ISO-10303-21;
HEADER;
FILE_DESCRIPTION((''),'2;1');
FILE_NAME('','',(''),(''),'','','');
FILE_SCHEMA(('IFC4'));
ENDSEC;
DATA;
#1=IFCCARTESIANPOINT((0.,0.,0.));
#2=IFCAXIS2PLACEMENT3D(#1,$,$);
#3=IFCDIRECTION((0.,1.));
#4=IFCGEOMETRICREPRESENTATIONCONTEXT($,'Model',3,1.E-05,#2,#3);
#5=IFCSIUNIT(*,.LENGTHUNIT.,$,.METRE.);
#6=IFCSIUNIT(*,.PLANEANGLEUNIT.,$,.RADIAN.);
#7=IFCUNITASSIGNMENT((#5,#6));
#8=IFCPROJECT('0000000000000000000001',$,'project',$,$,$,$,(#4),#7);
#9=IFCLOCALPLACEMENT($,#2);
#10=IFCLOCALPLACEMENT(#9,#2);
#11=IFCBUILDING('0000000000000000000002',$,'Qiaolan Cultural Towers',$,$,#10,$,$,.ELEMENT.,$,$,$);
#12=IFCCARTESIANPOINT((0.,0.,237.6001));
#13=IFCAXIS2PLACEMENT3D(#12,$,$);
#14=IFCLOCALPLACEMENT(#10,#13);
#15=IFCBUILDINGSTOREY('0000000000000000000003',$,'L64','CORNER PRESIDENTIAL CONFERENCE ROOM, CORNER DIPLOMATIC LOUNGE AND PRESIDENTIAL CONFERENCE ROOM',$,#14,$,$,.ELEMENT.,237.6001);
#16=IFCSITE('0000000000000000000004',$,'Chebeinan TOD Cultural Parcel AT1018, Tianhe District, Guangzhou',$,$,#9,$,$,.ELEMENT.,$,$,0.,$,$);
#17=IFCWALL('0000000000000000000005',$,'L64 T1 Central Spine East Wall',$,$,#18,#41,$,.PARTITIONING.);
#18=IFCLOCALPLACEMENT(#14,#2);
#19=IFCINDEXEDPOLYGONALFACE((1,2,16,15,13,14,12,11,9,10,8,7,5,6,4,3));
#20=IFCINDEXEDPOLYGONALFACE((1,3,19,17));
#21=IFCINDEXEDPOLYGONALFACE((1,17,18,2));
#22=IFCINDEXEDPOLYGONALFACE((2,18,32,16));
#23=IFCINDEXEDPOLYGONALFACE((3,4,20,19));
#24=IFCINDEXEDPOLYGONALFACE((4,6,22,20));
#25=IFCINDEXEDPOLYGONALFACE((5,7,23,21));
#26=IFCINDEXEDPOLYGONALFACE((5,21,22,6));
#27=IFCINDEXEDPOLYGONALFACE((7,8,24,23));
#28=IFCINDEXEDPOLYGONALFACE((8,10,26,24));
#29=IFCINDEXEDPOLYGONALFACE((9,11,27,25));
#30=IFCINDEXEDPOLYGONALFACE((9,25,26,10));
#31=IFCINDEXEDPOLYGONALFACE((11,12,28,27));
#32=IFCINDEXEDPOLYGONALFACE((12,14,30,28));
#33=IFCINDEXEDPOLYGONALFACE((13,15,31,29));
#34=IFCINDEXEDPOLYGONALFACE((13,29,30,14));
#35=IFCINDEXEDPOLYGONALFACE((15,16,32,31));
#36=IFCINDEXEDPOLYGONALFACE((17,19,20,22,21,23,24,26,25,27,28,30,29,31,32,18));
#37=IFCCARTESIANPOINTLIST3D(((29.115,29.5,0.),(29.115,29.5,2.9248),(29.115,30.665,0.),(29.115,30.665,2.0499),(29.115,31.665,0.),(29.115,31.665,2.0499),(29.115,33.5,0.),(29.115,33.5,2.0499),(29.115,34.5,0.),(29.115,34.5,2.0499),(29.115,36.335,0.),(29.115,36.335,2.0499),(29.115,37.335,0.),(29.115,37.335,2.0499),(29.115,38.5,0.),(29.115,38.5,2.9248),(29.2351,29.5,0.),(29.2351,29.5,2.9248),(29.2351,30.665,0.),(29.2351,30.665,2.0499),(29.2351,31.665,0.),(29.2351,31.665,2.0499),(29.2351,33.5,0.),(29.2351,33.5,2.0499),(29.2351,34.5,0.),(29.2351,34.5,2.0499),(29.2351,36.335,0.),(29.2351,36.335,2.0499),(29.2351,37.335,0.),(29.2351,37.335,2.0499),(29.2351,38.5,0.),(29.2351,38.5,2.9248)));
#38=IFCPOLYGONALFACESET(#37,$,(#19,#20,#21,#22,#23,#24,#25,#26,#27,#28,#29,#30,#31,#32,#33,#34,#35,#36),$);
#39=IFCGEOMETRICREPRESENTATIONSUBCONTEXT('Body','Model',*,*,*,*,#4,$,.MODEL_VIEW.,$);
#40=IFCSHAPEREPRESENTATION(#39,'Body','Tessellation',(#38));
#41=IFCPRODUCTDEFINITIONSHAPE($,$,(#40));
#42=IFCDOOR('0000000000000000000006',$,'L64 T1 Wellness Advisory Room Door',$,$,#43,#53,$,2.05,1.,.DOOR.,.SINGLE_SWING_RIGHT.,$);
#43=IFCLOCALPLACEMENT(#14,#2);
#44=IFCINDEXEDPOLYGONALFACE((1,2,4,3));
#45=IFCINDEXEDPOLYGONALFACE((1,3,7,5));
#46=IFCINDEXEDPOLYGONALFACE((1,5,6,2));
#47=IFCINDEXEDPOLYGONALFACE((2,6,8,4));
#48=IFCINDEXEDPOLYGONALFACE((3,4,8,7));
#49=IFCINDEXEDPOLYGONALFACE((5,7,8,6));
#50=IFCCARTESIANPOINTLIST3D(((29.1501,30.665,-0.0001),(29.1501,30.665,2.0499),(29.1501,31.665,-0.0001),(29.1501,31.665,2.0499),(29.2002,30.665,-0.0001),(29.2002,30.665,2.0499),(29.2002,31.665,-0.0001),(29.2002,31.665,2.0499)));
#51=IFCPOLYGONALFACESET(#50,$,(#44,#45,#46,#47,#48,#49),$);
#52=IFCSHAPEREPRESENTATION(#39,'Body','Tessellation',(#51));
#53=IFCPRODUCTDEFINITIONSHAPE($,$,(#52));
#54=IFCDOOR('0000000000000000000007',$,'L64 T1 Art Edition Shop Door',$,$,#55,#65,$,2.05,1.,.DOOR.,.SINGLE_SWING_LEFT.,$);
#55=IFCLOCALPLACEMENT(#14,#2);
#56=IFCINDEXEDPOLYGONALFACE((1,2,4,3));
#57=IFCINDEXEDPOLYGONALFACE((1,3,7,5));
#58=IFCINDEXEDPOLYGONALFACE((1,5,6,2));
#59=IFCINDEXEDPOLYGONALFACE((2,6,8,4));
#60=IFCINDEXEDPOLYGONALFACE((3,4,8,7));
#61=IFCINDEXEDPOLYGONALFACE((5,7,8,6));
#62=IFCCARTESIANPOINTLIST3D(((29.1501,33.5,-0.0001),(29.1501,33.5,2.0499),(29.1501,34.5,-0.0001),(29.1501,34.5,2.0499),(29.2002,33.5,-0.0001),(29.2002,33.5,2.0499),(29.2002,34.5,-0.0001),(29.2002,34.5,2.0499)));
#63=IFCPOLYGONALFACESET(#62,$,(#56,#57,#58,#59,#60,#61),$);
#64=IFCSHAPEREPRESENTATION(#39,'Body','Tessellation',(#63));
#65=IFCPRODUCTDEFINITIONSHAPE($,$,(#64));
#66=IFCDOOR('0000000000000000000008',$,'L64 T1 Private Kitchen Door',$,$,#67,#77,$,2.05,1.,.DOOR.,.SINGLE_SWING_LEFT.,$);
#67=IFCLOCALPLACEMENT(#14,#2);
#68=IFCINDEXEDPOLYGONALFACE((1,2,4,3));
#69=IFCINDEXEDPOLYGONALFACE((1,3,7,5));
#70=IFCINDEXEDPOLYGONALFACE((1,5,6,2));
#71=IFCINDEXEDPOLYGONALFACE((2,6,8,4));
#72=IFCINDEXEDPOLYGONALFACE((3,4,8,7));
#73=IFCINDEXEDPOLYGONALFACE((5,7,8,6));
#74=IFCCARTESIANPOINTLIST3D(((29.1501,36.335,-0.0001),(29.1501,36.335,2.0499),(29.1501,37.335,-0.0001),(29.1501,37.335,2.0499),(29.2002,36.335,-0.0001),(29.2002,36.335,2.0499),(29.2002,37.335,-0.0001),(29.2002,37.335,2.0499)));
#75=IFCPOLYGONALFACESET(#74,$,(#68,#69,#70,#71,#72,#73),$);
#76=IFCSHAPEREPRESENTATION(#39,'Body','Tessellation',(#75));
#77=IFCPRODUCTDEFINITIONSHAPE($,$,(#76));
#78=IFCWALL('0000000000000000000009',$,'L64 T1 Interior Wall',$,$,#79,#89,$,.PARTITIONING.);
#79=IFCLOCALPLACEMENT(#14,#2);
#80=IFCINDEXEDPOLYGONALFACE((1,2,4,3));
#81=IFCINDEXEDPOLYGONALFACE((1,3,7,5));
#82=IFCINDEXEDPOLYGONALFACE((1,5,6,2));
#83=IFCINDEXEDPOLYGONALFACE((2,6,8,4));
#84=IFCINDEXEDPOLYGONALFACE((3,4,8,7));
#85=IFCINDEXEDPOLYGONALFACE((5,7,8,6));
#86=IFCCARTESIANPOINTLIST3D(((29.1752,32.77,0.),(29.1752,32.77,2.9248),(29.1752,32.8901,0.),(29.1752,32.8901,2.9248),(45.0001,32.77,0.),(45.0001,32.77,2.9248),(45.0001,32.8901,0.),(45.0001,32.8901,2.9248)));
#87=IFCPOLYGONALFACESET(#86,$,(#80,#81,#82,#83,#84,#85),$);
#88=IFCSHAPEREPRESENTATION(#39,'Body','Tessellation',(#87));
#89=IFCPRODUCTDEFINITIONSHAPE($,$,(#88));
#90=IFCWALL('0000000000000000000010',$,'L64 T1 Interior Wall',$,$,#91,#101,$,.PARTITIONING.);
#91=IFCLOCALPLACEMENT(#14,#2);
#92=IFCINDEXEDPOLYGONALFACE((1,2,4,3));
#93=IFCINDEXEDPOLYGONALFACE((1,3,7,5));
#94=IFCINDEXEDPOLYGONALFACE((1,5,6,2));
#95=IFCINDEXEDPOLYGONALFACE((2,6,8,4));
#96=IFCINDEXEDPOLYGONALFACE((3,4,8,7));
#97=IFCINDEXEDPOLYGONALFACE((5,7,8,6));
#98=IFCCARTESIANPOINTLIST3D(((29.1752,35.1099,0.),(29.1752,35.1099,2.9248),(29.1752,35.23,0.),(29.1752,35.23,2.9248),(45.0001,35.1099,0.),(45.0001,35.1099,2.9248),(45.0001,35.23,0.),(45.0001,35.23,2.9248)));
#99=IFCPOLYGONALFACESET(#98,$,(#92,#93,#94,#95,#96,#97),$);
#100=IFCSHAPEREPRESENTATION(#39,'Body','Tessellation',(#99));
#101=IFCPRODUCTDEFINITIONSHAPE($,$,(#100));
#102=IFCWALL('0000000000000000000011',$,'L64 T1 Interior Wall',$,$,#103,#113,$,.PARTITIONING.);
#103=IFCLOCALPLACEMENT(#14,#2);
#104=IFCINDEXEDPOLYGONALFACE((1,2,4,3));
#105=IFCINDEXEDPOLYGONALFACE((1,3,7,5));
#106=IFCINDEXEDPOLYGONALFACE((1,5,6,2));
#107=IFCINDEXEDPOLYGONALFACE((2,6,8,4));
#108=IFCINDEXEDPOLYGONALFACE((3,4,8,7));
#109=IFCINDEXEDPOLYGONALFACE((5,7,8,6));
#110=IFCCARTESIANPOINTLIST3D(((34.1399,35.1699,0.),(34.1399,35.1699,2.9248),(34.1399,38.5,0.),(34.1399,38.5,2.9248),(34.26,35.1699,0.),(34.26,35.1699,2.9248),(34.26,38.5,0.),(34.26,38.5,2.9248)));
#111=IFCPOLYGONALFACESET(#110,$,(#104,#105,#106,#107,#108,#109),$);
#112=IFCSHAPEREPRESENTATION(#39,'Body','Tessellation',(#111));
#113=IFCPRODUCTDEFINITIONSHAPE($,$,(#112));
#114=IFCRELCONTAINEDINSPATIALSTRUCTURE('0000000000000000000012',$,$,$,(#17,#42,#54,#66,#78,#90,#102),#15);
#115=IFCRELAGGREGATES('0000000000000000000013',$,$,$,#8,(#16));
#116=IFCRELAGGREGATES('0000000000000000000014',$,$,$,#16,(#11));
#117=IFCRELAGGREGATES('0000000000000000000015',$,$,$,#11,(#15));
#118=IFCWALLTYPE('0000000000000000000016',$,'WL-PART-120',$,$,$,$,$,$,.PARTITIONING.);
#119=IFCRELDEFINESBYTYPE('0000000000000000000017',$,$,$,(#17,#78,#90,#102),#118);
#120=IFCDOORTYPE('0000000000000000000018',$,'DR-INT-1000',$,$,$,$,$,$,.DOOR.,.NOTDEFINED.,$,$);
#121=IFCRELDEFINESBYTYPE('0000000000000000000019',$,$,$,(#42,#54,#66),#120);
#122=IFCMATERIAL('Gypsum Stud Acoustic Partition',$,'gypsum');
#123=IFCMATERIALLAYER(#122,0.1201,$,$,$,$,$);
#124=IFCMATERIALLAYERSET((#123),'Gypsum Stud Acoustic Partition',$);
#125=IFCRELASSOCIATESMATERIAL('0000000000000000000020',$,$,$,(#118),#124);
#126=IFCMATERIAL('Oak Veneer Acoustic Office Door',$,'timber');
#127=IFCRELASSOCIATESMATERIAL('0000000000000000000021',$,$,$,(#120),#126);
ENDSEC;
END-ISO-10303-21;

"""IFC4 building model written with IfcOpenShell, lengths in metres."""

from ifc_helpers import new_model, si_unit, direction, frame, frame_2d, origin, place, context, subcontext, project, spatial, rectangle, extrude, material, layer, layer_set, type_object, element, fill, save


model = new_model("IFC4")

# Units and contexts
model_context = context("Model", 3, precision=1e-05, world=origin(), true_north=direction((0.0, 1.0)))
body_context = subcontext(model_context, "Body", "Model", "MODEL_VIEW")
ifc_project = project(units=[si_unit("LENGTHUNIT", "METRE"), si_unit("PLANEANGLEUNIT", "RADIAN")], contexts=[model_context])

# Site, building, storey
site_placement = place(None, origin())
site = spatial("IfcSite", under=ifc_project, at=site_placement, Name="Chebeinan TOD Cultural Parcel AT1018, Tianhe District, Guangzhou", CompositionType="ELEMENT", RefElevation=0.0)
building_placement = place(site_placement, origin())
building = spatial("IfcBuilding", under=site, at=building_placement, Name="Qiaolan Cultural Towers", CompositionType="ELEMENT")
storey_placement = place(building_placement, frame((0.0, 0.0, 237.6001)))
storey = spatial("IfcBuildingStorey", under=building, at=storey_placement, Name="L64", Description="CORNER PRESIDENTIAL CONFERENCE ROOM, CORNER DIPLOMATIC LOUNGE AND PRESIDENTIAL CONFERENCE ROOM", CompositionType="ELEMENT", Elevation=237.6001)

# Shared definitions
ifc_material_1 = material(Name="Gypsum Stud Acoustic Partition", Category="gypsum")
ifc_layer = layer(ifc_material_1, 0.1201)
ifc_layer_set = layer_set([ifc_layer], Name="Gypsum Stud Acoustic Partition")
wall_type = type_object("IfcWallType", Name="WL-PART-120", PredefinedType="PARTITIONING", material=ifc_layer_set)

# Wall, openings, doors
ifc_material_2 = material(Name="Oak Veneer Acoustic Office Door", Category="timber")
door_type = type_object("IfcDoorType", Name="DR-INT-1000", OperationType="NOTDEFINED", PredefinedType="DOOR", material=ifc_material_2)
wall_1_placement = place(storey_placement, frame((29.175, 29.5, 0.0), z_axis=(0.0, 0.0, 1.0), x_axis=(0.0, 1.0, 0.0)))
wall_1 = element("IfcWall", 1, at=wall_1_placement, inside=storey, type_object=wall_type, Name="L64 T1 Central Spine East Wall", PredefinedType="PARTITIONING", context=body_context, shape_type="SweptSolid", body=[
    extrude(rectangle(XDim=9.0, YDim=0.1201, at=frame_2d((4.5, 0.0))), origin(), (0.0, 0.0, 1.0), 2.9248),
])
opening_1_placement = place(wall_1_placement, frame((1.165, 0.0, 0.0)))
opening_1 = element("IfcOpeningElement", 2, at=opening_1_placement, cuts=wall_1, PredefinedType="OPENING", context=body_context, shape_type="SweptSolid", body=[
    extrude(rectangle(XDim=1.0, YDim=2.05, at=frame_2d((0.5, 1.0249))), frame((0.0, 0.0701, 0.0), z_axis=(0.0, -1.0, 0.0), x_axis=(1.0, 0.0, 0.0)), (0.0, 0.0, 1.0), 0.1401),
])
opening_2_placement = place(wall_1_placement, frame((4.0, 0.0, 0.0)))
opening_2 = element("IfcOpeningElement", 3, at=opening_2_placement, cuts=wall_1, PredefinedType="OPENING", context=body_context, shape_type="SweptSolid", body=[
    extrude(rectangle(XDim=1.0, YDim=2.05, at=frame_2d((0.5, 1.0249))), frame((0.0, 0.0701, 0.0), z_axis=(0.0, -1.0, 0.0), x_axis=(1.0, 0.0, 0.0)), (0.0, 0.0, 1.0), 0.1401),
])
opening_3_placement = place(wall_1_placement, frame((6.835, 0.0, 0.0)))
opening_3 = element("IfcOpeningElement", 4, at=opening_3_placement, cuts=wall_1, PredefinedType="OPENING", context=body_context, shape_type="SweptSolid", body=[
    extrude(rectangle(XDim=1.0, YDim=2.05, at=frame_2d((0.5, 1.0249))), frame((0.0, 0.0701, 0.0), z_axis=(0.0, -1.0, 0.0), x_axis=(1.0, 0.0, 0.0)), (0.0, 0.0, 1.0), 0.1401),
])
door_1_placement = place(opening_1_placement, origin())
door_1 = element("IfcDoor", 5, at=door_1_placement, inside=storey, type_object=door_type, Name="L64 T1 Wellness Advisory Room Door", OperationType="SINGLE_SWING_RIGHT", OverallHeight=2.05, OverallWidth=1.0, PredefinedType="DOOR", context=body_context, shape_type="SweptSolid", body=[
    extrude(rectangle(XDim=1.0, YDim=2.05, at=frame_2d((0.5, 1.0249))), frame((0.0, 0.0249, 0.0), z_axis=(0.0, -1.0, 0.0), x_axis=(1.0, 0.0, 0.0)), (0.0, 0.0, 1.0), 0.05),
])
fill(opening_1, door_1)
door_2_placement = place(opening_2_placement, origin())
door_2 = element("IfcDoor", 6, at=door_2_placement, inside=storey, type_object=door_type, Name="L64 T1 Art Edition Shop Door", OperationType="SINGLE_SWING_LEFT", OverallHeight=2.05, OverallWidth=1.0, PredefinedType="DOOR", context=body_context, shape_type="SweptSolid", body=[
    extrude(rectangle(XDim=1.0, YDim=2.05, at=frame_2d((0.5, 1.0249))), frame((0.0, 0.0249, 0.0), z_axis=(0.0, -1.0, 0.0), x_axis=(1.0, 0.0, 0.0)), (0.0, 0.0, 1.0), 0.05),
])
fill(opening_2, door_2)
door_3_placement = place(opening_3_placement, origin())
door_3 = element("IfcDoor", 7, at=door_3_placement, inside=storey, type_object=door_type, Name="L64 T1 Private Kitchen Door", OperationType="SINGLE_SWING_LEFT", OverallHeight=2.05, OverallWidth=1.0, PredefinedType="DOOR", context=body_context, shape_type="SweptSolid", body=[
    extrude(rectangle(XDim=1.0, YDim=2.05, at=frame_2d((0.5, 1.0249))), frame((0.0, 0.0249, 0.0), z_axis=(0.0, -1.0, 0.0), x_axis=(1.0, 0.0, 0.0)), (0.0, 0.0, 1.0), 0.05),
])
fill(opening_3, door_3)

# Walls
for number, where, z_axis, x_axis, name in (
    (8, (29.175, 32.8301, 0.0), (0.0, 0.0, 1.0), (1.0, 0.0, 0.0), "L64 T1 Interior Wall"),
    (9, (29.175, 35.1699, 0.0), (0.0, 0.0, 1.0), (1.0, 0.0, 0.0), "L64 T1 Interior Wall"),
):
    element("IfcWall", number, at=place(storey_placement, frame(where, z_axis=z_axis, x_axis=x_axis)), inside=storey, type_object=wall_type, Name=name, PredefinedType="PARTITIONING", context=body_context, shape_type="SweptSolid", body=[
        extrude(rectangle(XDim=15.825, YDim=0.1201, at=frame_2d((7.9126, 0.0))), origin(), (0.0, 0.0, 1.0), 2.9248),
    ])
wall_2_placement = place(storey_placement, frame((34.2, 35.1699, 0.0), z_axis=(0.0, 0.0, 1.0), x_axis=(0.0, 1.0, 0.0)))
element("IfcWall", 10, at=wall_2_placement, inside=storey, type_object=wall_type, Name="L64 T1 Interior Wall", PredefinedType="PARTITIONING", context=body_context, shape_type="SweptSolid", body=[
    extrude(rectangle(XDim=3.3301, YDim=0.1201, at=frame_2d((1.665, 0.0))), origin(), (0.0, 0.0, 1.0), 2.9248),
])

save(model, "model.ifc")
